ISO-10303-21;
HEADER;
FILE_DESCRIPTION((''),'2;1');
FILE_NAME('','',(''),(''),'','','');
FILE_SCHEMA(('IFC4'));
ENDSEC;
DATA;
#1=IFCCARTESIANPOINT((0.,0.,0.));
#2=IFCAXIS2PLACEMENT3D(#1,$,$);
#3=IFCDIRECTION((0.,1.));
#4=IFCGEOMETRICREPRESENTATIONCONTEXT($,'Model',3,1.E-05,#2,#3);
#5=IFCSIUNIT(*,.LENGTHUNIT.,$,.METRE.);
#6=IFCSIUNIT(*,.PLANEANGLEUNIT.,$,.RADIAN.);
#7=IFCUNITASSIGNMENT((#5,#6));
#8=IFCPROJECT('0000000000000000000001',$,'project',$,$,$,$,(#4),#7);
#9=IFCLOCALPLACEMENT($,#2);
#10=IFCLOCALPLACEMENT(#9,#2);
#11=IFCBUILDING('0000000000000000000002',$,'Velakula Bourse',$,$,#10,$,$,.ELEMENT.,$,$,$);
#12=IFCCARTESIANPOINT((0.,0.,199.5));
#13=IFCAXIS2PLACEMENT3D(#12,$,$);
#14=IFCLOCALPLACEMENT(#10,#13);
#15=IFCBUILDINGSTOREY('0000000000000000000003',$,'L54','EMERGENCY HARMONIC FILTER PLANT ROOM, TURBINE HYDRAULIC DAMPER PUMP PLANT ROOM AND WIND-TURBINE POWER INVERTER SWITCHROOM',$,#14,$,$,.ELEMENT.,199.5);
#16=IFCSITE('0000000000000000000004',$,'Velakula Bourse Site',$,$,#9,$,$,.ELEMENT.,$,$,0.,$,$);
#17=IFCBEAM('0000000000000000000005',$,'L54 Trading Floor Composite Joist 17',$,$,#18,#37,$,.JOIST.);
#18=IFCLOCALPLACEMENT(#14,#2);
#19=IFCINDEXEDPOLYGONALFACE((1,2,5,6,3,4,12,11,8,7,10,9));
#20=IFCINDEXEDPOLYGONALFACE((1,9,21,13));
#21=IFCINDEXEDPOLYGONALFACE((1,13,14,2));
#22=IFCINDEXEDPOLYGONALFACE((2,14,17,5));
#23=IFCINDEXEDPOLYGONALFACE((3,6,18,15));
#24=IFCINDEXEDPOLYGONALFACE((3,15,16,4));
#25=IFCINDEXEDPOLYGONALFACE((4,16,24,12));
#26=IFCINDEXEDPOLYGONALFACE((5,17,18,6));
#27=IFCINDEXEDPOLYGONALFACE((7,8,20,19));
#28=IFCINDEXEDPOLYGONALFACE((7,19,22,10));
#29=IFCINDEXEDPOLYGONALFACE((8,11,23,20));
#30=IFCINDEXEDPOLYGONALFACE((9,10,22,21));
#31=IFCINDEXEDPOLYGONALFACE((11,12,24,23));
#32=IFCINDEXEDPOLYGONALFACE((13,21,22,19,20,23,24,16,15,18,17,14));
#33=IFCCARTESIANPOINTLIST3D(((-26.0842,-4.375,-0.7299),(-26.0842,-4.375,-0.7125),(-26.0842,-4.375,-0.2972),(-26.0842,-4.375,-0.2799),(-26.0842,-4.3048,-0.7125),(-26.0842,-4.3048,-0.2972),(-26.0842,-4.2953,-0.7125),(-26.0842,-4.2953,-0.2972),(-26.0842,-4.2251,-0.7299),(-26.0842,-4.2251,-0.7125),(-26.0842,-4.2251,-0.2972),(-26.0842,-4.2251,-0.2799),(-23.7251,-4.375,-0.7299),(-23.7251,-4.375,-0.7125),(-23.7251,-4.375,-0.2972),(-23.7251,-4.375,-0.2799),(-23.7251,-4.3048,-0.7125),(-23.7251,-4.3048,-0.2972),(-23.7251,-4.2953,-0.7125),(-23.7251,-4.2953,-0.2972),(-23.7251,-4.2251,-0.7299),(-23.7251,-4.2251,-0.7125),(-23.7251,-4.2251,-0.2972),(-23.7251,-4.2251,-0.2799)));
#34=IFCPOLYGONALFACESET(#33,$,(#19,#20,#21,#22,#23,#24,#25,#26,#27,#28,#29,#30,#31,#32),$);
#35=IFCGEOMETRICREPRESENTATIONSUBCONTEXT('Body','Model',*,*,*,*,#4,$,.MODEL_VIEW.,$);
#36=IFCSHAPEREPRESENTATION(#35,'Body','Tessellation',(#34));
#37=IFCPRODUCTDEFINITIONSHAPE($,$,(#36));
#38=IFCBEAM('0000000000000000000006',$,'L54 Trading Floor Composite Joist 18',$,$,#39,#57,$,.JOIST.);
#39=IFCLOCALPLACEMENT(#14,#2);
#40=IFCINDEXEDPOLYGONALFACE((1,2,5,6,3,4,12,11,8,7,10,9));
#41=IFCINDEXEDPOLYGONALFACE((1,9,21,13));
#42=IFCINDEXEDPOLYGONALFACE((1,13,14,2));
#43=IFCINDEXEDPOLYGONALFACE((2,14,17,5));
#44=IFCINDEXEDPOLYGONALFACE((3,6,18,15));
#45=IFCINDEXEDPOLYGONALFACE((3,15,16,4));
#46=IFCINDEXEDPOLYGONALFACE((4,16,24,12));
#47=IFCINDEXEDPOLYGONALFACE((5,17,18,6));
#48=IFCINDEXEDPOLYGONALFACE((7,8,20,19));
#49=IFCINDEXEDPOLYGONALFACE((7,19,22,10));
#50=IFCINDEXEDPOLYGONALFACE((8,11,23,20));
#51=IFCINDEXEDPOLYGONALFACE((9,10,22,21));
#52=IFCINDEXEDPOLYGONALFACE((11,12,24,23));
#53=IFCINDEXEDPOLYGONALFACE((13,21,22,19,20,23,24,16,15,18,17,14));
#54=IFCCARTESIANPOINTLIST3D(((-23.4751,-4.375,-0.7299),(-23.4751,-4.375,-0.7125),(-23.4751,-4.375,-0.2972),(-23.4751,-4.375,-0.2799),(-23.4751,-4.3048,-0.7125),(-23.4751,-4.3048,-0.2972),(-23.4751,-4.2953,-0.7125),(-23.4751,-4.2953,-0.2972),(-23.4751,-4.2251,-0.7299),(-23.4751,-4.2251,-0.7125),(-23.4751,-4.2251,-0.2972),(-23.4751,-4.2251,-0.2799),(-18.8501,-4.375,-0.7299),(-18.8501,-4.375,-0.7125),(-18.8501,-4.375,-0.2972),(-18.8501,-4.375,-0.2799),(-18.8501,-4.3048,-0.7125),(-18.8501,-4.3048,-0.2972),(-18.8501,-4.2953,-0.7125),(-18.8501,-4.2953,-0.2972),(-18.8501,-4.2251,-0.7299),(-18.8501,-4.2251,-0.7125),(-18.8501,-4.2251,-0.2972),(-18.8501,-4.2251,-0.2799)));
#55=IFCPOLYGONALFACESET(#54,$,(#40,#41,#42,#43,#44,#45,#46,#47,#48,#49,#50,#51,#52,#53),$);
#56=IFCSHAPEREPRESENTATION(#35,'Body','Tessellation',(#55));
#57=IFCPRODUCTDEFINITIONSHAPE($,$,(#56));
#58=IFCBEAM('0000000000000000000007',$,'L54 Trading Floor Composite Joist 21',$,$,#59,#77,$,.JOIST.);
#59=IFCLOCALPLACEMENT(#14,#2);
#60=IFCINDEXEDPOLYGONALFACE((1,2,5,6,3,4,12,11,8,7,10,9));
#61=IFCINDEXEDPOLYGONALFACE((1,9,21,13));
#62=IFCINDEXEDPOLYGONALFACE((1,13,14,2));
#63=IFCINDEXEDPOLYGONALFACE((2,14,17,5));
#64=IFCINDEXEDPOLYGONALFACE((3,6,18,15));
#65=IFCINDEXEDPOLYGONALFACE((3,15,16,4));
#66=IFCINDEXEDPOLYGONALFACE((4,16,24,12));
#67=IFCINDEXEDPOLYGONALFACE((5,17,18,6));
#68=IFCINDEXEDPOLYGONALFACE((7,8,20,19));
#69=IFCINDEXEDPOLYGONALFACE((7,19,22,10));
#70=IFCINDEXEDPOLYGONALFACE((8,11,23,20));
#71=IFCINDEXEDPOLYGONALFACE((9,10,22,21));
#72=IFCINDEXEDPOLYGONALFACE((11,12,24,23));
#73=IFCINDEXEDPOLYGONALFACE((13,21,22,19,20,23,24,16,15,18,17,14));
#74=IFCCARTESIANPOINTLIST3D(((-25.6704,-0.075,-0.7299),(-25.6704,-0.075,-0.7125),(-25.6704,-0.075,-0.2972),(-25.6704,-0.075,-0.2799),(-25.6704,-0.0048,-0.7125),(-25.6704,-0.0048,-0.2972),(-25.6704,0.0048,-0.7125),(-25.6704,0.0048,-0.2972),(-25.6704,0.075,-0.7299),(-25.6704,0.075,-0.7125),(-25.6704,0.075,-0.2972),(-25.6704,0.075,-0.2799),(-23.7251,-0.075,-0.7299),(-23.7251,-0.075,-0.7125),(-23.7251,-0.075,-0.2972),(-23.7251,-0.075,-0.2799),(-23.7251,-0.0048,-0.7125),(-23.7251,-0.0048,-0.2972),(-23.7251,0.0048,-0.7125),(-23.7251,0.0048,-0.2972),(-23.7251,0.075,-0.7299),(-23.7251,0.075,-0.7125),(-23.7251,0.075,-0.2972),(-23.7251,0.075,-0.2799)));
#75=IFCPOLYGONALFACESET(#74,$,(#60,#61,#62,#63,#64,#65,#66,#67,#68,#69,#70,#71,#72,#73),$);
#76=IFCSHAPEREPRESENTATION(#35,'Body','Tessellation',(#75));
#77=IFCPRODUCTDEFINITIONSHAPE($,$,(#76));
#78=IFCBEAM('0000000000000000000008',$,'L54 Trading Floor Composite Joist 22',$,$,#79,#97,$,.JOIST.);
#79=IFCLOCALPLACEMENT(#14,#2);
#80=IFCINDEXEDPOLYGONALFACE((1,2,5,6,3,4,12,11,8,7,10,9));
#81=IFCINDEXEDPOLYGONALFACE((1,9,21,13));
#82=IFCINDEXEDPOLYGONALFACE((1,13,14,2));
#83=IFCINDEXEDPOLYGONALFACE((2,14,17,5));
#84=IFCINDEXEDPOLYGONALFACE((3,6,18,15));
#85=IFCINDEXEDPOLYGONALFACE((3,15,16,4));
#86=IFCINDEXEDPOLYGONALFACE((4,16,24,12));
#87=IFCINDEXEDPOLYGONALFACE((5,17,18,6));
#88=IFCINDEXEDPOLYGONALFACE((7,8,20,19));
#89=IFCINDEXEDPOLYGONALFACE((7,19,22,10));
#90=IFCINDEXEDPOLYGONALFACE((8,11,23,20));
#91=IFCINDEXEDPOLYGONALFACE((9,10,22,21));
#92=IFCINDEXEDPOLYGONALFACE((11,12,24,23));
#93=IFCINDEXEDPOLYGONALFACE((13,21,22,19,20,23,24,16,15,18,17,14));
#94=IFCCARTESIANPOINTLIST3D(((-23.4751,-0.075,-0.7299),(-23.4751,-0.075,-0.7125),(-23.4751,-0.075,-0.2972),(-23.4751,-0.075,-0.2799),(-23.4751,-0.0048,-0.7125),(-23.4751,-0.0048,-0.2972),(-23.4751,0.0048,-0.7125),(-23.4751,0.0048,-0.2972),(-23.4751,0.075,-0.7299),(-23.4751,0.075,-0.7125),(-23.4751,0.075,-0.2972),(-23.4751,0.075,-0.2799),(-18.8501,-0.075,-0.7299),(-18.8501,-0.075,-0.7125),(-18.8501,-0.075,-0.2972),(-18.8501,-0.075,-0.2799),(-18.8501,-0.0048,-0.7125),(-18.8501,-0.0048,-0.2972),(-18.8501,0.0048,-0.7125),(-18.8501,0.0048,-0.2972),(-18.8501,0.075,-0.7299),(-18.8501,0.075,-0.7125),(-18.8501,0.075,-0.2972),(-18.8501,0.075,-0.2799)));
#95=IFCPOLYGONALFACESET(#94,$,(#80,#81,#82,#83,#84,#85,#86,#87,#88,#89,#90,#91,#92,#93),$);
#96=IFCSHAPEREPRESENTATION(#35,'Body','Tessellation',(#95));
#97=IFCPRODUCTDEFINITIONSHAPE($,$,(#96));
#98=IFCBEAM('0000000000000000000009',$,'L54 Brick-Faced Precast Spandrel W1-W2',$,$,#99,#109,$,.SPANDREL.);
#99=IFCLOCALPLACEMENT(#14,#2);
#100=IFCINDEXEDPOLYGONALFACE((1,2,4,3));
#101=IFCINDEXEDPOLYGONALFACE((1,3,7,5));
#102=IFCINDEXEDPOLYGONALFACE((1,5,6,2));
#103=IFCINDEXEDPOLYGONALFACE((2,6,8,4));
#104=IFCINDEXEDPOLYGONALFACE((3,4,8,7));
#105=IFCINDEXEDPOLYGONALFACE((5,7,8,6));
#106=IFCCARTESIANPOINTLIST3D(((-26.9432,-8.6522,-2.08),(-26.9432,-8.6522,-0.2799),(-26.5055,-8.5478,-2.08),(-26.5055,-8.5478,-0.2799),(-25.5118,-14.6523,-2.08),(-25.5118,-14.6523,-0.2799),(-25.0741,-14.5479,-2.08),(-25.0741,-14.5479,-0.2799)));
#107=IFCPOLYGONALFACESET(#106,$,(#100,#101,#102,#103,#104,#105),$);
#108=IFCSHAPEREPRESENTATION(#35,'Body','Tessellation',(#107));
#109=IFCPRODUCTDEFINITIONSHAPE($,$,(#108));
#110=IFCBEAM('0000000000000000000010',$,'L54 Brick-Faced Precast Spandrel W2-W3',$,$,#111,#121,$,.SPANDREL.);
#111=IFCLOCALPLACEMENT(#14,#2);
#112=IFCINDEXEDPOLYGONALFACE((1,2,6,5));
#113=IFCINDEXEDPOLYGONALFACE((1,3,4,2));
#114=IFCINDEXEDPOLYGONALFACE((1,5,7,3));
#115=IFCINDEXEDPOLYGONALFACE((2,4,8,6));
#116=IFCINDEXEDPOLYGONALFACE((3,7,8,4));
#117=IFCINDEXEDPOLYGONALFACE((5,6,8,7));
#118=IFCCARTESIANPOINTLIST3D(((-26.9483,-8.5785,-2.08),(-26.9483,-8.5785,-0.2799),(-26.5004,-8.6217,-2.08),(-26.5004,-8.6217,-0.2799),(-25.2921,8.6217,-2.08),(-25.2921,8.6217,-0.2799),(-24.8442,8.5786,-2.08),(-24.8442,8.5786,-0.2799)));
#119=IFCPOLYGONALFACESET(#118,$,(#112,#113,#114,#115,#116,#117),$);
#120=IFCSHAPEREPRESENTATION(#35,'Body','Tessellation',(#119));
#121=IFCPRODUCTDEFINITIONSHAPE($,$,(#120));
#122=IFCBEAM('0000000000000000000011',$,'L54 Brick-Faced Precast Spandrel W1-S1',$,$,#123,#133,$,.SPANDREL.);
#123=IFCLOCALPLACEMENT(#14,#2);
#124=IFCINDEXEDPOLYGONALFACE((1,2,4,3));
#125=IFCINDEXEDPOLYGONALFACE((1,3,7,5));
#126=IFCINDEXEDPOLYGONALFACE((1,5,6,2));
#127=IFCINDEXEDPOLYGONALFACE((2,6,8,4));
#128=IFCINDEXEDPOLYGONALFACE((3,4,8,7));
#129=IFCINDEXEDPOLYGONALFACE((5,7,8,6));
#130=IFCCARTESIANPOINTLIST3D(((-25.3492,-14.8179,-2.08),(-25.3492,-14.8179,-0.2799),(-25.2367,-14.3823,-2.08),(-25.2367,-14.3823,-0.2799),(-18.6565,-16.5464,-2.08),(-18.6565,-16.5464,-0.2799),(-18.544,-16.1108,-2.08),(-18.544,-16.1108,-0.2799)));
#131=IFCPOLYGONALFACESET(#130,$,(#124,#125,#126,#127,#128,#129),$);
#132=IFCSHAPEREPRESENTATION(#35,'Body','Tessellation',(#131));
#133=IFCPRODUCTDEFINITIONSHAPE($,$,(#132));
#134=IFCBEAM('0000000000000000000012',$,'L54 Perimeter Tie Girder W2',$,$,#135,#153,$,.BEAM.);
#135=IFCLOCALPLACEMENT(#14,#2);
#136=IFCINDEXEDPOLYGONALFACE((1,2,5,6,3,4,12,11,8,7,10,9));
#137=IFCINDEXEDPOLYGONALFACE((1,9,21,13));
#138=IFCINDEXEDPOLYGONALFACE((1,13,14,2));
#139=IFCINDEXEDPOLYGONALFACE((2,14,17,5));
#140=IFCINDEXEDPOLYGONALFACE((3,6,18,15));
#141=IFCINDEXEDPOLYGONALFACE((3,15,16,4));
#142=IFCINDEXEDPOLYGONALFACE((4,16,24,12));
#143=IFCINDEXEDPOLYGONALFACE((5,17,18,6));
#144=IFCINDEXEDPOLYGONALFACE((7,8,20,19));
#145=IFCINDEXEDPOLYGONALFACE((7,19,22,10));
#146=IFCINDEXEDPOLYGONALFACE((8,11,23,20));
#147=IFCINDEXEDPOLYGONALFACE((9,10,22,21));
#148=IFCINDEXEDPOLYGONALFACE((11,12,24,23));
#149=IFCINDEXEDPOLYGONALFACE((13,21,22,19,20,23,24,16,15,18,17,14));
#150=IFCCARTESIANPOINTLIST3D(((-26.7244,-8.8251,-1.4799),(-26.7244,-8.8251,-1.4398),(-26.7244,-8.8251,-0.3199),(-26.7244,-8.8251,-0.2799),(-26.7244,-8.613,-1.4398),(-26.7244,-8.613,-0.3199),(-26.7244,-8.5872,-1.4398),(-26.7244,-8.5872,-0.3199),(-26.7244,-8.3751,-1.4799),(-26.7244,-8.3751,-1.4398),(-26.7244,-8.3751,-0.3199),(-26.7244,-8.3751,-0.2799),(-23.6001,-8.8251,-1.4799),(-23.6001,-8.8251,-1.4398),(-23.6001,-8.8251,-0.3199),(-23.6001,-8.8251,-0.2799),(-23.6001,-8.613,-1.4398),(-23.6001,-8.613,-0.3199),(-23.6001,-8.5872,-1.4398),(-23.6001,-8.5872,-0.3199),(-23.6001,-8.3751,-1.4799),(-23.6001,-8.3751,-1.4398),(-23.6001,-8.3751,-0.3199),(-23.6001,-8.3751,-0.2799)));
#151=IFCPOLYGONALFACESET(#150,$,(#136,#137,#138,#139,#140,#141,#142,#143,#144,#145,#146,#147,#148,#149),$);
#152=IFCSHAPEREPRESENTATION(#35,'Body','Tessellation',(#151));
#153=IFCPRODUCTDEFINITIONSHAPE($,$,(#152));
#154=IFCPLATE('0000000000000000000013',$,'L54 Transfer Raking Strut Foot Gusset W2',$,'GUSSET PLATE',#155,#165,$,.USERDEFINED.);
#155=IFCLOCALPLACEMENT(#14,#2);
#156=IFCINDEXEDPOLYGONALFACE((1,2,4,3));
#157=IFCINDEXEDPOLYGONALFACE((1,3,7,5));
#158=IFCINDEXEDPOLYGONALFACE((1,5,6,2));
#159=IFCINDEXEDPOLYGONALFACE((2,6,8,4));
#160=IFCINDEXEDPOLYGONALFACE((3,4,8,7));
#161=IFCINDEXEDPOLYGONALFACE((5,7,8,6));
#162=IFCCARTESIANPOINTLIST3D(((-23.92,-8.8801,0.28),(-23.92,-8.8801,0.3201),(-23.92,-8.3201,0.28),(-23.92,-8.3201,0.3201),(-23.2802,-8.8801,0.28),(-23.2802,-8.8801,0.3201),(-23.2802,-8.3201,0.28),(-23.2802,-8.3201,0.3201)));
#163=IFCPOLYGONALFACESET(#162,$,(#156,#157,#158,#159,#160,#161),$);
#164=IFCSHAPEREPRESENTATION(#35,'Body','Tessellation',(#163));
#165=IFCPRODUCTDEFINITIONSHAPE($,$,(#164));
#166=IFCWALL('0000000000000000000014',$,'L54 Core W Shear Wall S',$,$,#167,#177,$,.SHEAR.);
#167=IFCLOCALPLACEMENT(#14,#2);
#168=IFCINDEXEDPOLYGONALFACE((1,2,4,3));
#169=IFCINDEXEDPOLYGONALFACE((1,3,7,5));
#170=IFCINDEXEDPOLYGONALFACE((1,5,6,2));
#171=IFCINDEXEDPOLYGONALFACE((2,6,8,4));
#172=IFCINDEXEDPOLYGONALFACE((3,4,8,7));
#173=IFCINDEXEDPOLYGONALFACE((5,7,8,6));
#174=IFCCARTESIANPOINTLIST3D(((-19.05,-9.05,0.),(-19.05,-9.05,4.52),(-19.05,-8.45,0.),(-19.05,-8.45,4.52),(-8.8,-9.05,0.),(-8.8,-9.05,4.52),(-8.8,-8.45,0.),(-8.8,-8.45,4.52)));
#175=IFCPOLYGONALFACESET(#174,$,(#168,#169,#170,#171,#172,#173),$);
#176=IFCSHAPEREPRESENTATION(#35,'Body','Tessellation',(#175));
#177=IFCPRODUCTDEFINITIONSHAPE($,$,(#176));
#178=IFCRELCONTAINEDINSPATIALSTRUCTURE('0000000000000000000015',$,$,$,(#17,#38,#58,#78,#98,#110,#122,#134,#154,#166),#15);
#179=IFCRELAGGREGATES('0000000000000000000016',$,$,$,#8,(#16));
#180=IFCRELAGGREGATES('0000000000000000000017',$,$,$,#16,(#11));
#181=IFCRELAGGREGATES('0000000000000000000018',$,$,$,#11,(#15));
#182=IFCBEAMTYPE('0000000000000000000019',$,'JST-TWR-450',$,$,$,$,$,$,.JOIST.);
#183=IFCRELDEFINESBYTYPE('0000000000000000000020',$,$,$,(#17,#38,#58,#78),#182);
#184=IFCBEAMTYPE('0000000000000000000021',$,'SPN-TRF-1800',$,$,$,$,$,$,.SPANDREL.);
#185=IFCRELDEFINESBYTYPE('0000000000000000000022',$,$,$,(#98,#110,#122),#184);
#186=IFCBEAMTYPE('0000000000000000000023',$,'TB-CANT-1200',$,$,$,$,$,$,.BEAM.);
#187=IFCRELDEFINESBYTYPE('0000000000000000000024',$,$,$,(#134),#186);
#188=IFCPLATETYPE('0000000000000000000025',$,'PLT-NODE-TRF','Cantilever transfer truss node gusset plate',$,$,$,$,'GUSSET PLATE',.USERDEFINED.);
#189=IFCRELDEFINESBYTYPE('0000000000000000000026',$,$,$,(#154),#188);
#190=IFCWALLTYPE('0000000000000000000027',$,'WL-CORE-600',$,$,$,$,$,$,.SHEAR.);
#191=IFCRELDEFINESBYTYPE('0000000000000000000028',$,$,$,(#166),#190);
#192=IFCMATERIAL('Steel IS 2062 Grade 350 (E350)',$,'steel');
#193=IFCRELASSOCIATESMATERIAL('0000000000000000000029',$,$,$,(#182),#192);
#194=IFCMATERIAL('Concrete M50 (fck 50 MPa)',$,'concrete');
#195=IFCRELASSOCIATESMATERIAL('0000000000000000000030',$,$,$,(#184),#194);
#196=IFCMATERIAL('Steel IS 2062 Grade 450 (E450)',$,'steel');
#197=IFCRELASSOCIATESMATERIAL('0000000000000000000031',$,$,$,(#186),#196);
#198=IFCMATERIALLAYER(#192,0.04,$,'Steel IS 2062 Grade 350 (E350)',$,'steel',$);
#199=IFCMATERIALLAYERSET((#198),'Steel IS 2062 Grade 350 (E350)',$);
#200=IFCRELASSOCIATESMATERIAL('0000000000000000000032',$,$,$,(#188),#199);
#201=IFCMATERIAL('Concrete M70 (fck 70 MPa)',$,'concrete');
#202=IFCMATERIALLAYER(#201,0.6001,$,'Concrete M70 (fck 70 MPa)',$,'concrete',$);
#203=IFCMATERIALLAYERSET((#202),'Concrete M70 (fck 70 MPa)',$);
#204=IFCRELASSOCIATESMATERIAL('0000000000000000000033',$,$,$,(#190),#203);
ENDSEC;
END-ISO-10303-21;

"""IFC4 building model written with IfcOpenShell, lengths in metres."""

from ifc_helpers import new_model, si_unit, direction, frame, frame_2d, origin, origin_2d, place, context, subcontext, project, spatial, rectangle, i_section, extrude, material, layer, layer_set, material_profile, profile_set, type_object, element, save


model = new_model("IFC4")

# Units and contexts
model_context = context("Model", 3, precision=1e-05, world=origin(), true_north=direction((0.0, 1.0)))
body_context = subcontext(model_context, "Body", "Model", "MODEL_VIEW")
ifc_project = project(units=[si_unit("LENGTHUNIT", "METRE"), si_unit("PLANEANGLEUNIT", "RADIAN")], contexts=[model_context])

# Site, building, storey
site_placement = place(None, origin())
site = spatial("IfcSite", under=ifc_project, at=site_placement, Name="Velakula Bourse Site", CompositionType="ELEMENT", RefElevation=0.0)
building_placement = place(site_placement, origin())
building = spatial("IfcBuilding", under=site, at=building_placement, Name="Velakula Bourse", CompositionType="ELEMENT")
storey_placement = place(building_placement, frame((0.0, 0.0, 199.5)))
storey = spatial("IfcBuildingStorey", under=building, at=storey_placement, Name="L54", Description="EMERGENCY HARMONIC FILTER PLANT ROOM, TURBINE HYDRAULIC DAMPER PUMP PLANT ROOM AND WIND-TURBINE POWER INVERTER SWITCHROOM", CompositionType="ELEMENT", Elevation=199.5)

# Shared definitions
ifc_material_1 = material(Name="Steel IS 2062 Grade 350 (E350)", Category="steel")

# Beams
ifc_material_profile_1 = material_profile(ifc_material_1, i_section(OverallWidth=0.1499, OverallDepth=0.45, WebThickness=0.0095, FlangeThickness=0.0173, at=origin_2d()), Name="Steel IS 2062 Grade 350 (E350)")
ifc_profile_set_1 = profile_set([ifc_material_profile_1], Name="Steel IS 2062 Grade 350 (E350)")
beam_type_1 = type_object("IfcBeamType", Name="JST-TWR-450", PredefinedType="JOIST", material=ifc_profile_set_1)
beam_1_placement = place(storey_placement, frame((-26.0842, -4.3, -0.5049), z_axis=(1.0, 0.0, 0.0), x_axis=(0.0, 1.0, 0.0)))
element("IfcBeam", 1, at=beam_1_placement, inside=storey, type_object=beam_type_1, Name="L54 Trading Floor Composite Joist 17", PredefinedType="JOIST", context=body_context, shape_type="SweptSolid", body=[
    extrude(i_section(OverallWidth=0.1499, OverallDepth=0.45, WebThickness=0.0095, FlangeThickness=0.0173, at=origin_2d()), origin(), (0.0, 0.0, 1.0), 2.3591),
])
beam_2_placement = place(storey_placement, frame((-23.4751, -4.3, -0.5049), z_axis=(1.0, 0.0, 0.0), x_axis=(0.0, 1.0, 0.0)))
element("IfcBeam", 2, at=beam_2_placement, inside=storey, type_object=beam_type_1, Name="L54 Trading Floor Composite Joist 18", PredefinedType="JOIST", context=body_context, shape_type="SweptSolid", body=[
    extrude(i_section(OverallWidth=0.1499, OverallDepth=0.45, WebThickness=0.0095, FlangeThickness=0.0173, at=origin_2d()), origin(), (0.0, 0.0, 1.0), 4.625),
])
beam_3_placement = place(storey_placement, frame((-25.6704, 0.0, -0.5049), z_axis=(1.0, 0.0, 0.0), x_axis=(0.0, 1.0, 0.0)))
element("IfcBeam", 3, at=beam_3_placement, inside=storey, type_object=beam_type_1, Name="L54 Trading Floor Composite Joist 21", PredefinedType="JOIST", context=body_context, shape_type="SweptSolid", body=[
    extrude(i_section(OverallWidth=0.1499, OverallDepth=0.45, WebThickness=0.0095, FlangeThickness=0.0173, at=origin_2d()), origin(), (0.0, 0.0, 1.0), 1.9453),
])
beam_4_placement = place(storey_placement, frame((-23.4751, 0.0, -0.5049), z_axis=(1.0, 0.0, 0.0), x_axis=(0.0, 1.0, 0.0)))
element("IfcBeam", 4, at=beam_4_placement, inside=storey, type_object=beam_type_1, Name="L54 Trading Floor Composite Joist 22", PredefinedType="JOIST", context=body_context, shape_type="SweptSolid", body=[
    extrude(i_section(OverallWidth=0.1499, OverallDepth=0.45, WebThickness=0.0095, FlangeThickness=0.0173, at=origin_2d()), origin(), (0.0, 0.0, 1.0), 4.625),
])
ifc_material_2 = material(Name="Concrete M50 (fck 50 MPa)", Category="concrete")
ifc_material_profile_2 = material_profile(ifc_material_2, rectangle(XDim=0.45, YDim=1.8, at=origin_2d()), Name="Concrete M50 (fck 50 MPa)")
ifc_profile_set_2 = profile_set([ifc_material_profile_2], Name="Concrete M50 (fck 50 MPa)")
beam_type_2 = type_object("IfcBeamType", Name="SPN-TRF-1800", PredefinedType="SPANDREL", material=ifc_profile_set_2)
beam_5_placement = place(storey_placement, frame((-25.293, -14.6001, -1.1799), z_axis=(-0.232054, 0.972703, 0.0), x_axis=(-0.972703, -0.232054, 0.0)))
element("IfcBeam", 5, at=beam_5_placement, inside=storey, type_object=beam_type_2, Name="L54 Brick-Faced Precast Spandrel W1-W2", PredefinedType="SPANDREL", context=body_context, shape_type="SweptSolid", body=[
    extrude(rectangle(XDim=0.45, YDim=1.8, at=origin_2d()), origin(), (0.0, 0.0, 1.0), 6.1685),
])
beam_6_placement = place(storey_placement, frame((-26.7244, -8.6001, -1.1799), z_axis=(0.095849, 0.995396, 0.0), x_axis=(-0.995396, 0.095849, 0.0)))
element("IfcBeam", 6, at=beam_6_placement, inside=storey, type_object=beam_type_2, Name="L54 Brick-Faced Precast Spandrel W2-W3", PredefinedType="SPANDREL", context=body_context, shape_type="SweptSolid", body=[
    extrude(rectangle(XDim=0.45, YDim=1.8, at=origin_2d()), origin(), (0.0, 0.0, 1.0), 17.2798),
])
beam_7_placement = place(storey_placement, frame((-25.293, -14.6001, -1.1799), z_axis=(0.968231, -0.250057, 0.0), x_axis=(0.250057, 0.968231, 0.0)))
element("IfcBeam", 7, at=beam_7_placement, inside=storey, type_object=beam_type_2, Name="L54 Brick-Faced Precast Spandrel W1-S1", PredefinedType="SPANDREL", context=body_context, shape_type="SweptSolid", body=[
    extrude(rectangle(XDim=0.45, YDim=1.8, at=origin_2d()), origin(), (0.0, 0.0, 1.0), 6.9124),
])
ifc_material_3 = material(Name="Steel IS 2062 Grade 450 (E450)", Category="steel")
ifc_material_profile_3 = material_profile(ifc_material_3, i_section(OverallWidth=0.45, OverallDepth=1.2, WebThickness=0.0259, FlangeThickness=0.04, at=origin_2d()), Name="Steel IS 2062 Grade 450 (E450)")
ifc_profile_set_3 = profile_set([ifc_material_profile_3], Name="Steel IS 2062 Grade 450 (E450)")
beam_type_3 = type_object("IfcBeamType", Name="TB-CANT-1200", PredefinedType="BEAM", material=ifc_profile_set_3)
beam_8_placement = place(storey_placement, frame((-23.6001, -8.6001, -0.8799), z_axis=(-1.0, 0.0, 0.0), x_axis=(0.0, -1.0, 0.0)))
element("IfcBeam", 8, at=beam_8_placement, inside=storey, type_object=beam_type_3, Name="L54 Perimeter Tie Girder W2", PredefinedType="BEAM", context=body_context, shape_type="SweptSolid", body=[
    extrude(i_section(OverallWidth=0.45, OverallDepth=1.2, WebThickness=0.0259, FlangeThickness=0.04, at=origin_2d()), origin(), (0.0, 0.0, 1.0), 3.1243),
])

# Plate
ifc_layer_1 = layer(ifc_material_1, 0.04, Name="Steel IS 2062 Grade 350 (E350)", Category="steel")
ifc_layer_set_1 = layer_set([ifc_layer_1], Name="Steel IS 2062 Grade 350 (E350)")
plate_type = type_object("IfcPlateType", Name="PLT-NODE-TRF", Description="Cantilever transfer truss node gusset plate", ElementType="GUSSET PLATE", PredefinedType="USERDEFINED", material=ifc_layer_set_1)
plate_placement = place(storey_placement, frame((-23.6001, -8.6001, 0.28), z_axis=(0.0, 0.0, 1.0), x_axis=(-1.0, 0.0, 0.0)))
element("IfcPlate", 9, at=plate_placement, inside=storey, type_object=plate_type, Name="L54 Transfer Raking Strut Foot Gusset W2", ObjectType="GUSSET PLATE", PredefinedType="USERDEFINED", context=body_context, shape_type="SweptSolid", body=[
    extrude(rectangle(XDim=0.6399, YDim=0.5601, at=origin_2d()), origin(), (0.0, 0.0, 1.0), 0.04),
])

# Wall
ifc_material_4 = material(Name="Concrete M70 (fck 70 MPa)", Category="concrete")
ifc_layer_2 = layer(ifc_material_4, 0.6001, Name="Concrete M70 (fck 70 MPa)", Category="concrete")
ifc_layer_set_2 = layer_set([ifc_layer_2], Name="Concrete M70 (fck 70 MPa)")
wall_type_1 = type_object("IfcWallType", Name="WL-CORE-600", PredefinedType="SHEAR", material=ifc_layer_set_2)
wall_1_placement = place(storey_placement, frame((-19.05, -8.75, 0.0), z_axis=(0.0, 0.0, 1.0), x_axis=(1.0, 0.0, 0.0)))
element("IfcWall", 10, at=wall_1_placement, inside=storey, type_object=wall_type_1, Name="L54 Core W Shear Wall S", PredefinedType="SHEAR", context=body_context, shape_type="SweptSolid", body=[
    extrude(rectangle(XDim=10.25, YDim=0.6001, at=frame_2d((5.125, 0.0))), origin(), (0.0, 0.0, 1.0), 4.52),
])

save(model, "model.ifc")
